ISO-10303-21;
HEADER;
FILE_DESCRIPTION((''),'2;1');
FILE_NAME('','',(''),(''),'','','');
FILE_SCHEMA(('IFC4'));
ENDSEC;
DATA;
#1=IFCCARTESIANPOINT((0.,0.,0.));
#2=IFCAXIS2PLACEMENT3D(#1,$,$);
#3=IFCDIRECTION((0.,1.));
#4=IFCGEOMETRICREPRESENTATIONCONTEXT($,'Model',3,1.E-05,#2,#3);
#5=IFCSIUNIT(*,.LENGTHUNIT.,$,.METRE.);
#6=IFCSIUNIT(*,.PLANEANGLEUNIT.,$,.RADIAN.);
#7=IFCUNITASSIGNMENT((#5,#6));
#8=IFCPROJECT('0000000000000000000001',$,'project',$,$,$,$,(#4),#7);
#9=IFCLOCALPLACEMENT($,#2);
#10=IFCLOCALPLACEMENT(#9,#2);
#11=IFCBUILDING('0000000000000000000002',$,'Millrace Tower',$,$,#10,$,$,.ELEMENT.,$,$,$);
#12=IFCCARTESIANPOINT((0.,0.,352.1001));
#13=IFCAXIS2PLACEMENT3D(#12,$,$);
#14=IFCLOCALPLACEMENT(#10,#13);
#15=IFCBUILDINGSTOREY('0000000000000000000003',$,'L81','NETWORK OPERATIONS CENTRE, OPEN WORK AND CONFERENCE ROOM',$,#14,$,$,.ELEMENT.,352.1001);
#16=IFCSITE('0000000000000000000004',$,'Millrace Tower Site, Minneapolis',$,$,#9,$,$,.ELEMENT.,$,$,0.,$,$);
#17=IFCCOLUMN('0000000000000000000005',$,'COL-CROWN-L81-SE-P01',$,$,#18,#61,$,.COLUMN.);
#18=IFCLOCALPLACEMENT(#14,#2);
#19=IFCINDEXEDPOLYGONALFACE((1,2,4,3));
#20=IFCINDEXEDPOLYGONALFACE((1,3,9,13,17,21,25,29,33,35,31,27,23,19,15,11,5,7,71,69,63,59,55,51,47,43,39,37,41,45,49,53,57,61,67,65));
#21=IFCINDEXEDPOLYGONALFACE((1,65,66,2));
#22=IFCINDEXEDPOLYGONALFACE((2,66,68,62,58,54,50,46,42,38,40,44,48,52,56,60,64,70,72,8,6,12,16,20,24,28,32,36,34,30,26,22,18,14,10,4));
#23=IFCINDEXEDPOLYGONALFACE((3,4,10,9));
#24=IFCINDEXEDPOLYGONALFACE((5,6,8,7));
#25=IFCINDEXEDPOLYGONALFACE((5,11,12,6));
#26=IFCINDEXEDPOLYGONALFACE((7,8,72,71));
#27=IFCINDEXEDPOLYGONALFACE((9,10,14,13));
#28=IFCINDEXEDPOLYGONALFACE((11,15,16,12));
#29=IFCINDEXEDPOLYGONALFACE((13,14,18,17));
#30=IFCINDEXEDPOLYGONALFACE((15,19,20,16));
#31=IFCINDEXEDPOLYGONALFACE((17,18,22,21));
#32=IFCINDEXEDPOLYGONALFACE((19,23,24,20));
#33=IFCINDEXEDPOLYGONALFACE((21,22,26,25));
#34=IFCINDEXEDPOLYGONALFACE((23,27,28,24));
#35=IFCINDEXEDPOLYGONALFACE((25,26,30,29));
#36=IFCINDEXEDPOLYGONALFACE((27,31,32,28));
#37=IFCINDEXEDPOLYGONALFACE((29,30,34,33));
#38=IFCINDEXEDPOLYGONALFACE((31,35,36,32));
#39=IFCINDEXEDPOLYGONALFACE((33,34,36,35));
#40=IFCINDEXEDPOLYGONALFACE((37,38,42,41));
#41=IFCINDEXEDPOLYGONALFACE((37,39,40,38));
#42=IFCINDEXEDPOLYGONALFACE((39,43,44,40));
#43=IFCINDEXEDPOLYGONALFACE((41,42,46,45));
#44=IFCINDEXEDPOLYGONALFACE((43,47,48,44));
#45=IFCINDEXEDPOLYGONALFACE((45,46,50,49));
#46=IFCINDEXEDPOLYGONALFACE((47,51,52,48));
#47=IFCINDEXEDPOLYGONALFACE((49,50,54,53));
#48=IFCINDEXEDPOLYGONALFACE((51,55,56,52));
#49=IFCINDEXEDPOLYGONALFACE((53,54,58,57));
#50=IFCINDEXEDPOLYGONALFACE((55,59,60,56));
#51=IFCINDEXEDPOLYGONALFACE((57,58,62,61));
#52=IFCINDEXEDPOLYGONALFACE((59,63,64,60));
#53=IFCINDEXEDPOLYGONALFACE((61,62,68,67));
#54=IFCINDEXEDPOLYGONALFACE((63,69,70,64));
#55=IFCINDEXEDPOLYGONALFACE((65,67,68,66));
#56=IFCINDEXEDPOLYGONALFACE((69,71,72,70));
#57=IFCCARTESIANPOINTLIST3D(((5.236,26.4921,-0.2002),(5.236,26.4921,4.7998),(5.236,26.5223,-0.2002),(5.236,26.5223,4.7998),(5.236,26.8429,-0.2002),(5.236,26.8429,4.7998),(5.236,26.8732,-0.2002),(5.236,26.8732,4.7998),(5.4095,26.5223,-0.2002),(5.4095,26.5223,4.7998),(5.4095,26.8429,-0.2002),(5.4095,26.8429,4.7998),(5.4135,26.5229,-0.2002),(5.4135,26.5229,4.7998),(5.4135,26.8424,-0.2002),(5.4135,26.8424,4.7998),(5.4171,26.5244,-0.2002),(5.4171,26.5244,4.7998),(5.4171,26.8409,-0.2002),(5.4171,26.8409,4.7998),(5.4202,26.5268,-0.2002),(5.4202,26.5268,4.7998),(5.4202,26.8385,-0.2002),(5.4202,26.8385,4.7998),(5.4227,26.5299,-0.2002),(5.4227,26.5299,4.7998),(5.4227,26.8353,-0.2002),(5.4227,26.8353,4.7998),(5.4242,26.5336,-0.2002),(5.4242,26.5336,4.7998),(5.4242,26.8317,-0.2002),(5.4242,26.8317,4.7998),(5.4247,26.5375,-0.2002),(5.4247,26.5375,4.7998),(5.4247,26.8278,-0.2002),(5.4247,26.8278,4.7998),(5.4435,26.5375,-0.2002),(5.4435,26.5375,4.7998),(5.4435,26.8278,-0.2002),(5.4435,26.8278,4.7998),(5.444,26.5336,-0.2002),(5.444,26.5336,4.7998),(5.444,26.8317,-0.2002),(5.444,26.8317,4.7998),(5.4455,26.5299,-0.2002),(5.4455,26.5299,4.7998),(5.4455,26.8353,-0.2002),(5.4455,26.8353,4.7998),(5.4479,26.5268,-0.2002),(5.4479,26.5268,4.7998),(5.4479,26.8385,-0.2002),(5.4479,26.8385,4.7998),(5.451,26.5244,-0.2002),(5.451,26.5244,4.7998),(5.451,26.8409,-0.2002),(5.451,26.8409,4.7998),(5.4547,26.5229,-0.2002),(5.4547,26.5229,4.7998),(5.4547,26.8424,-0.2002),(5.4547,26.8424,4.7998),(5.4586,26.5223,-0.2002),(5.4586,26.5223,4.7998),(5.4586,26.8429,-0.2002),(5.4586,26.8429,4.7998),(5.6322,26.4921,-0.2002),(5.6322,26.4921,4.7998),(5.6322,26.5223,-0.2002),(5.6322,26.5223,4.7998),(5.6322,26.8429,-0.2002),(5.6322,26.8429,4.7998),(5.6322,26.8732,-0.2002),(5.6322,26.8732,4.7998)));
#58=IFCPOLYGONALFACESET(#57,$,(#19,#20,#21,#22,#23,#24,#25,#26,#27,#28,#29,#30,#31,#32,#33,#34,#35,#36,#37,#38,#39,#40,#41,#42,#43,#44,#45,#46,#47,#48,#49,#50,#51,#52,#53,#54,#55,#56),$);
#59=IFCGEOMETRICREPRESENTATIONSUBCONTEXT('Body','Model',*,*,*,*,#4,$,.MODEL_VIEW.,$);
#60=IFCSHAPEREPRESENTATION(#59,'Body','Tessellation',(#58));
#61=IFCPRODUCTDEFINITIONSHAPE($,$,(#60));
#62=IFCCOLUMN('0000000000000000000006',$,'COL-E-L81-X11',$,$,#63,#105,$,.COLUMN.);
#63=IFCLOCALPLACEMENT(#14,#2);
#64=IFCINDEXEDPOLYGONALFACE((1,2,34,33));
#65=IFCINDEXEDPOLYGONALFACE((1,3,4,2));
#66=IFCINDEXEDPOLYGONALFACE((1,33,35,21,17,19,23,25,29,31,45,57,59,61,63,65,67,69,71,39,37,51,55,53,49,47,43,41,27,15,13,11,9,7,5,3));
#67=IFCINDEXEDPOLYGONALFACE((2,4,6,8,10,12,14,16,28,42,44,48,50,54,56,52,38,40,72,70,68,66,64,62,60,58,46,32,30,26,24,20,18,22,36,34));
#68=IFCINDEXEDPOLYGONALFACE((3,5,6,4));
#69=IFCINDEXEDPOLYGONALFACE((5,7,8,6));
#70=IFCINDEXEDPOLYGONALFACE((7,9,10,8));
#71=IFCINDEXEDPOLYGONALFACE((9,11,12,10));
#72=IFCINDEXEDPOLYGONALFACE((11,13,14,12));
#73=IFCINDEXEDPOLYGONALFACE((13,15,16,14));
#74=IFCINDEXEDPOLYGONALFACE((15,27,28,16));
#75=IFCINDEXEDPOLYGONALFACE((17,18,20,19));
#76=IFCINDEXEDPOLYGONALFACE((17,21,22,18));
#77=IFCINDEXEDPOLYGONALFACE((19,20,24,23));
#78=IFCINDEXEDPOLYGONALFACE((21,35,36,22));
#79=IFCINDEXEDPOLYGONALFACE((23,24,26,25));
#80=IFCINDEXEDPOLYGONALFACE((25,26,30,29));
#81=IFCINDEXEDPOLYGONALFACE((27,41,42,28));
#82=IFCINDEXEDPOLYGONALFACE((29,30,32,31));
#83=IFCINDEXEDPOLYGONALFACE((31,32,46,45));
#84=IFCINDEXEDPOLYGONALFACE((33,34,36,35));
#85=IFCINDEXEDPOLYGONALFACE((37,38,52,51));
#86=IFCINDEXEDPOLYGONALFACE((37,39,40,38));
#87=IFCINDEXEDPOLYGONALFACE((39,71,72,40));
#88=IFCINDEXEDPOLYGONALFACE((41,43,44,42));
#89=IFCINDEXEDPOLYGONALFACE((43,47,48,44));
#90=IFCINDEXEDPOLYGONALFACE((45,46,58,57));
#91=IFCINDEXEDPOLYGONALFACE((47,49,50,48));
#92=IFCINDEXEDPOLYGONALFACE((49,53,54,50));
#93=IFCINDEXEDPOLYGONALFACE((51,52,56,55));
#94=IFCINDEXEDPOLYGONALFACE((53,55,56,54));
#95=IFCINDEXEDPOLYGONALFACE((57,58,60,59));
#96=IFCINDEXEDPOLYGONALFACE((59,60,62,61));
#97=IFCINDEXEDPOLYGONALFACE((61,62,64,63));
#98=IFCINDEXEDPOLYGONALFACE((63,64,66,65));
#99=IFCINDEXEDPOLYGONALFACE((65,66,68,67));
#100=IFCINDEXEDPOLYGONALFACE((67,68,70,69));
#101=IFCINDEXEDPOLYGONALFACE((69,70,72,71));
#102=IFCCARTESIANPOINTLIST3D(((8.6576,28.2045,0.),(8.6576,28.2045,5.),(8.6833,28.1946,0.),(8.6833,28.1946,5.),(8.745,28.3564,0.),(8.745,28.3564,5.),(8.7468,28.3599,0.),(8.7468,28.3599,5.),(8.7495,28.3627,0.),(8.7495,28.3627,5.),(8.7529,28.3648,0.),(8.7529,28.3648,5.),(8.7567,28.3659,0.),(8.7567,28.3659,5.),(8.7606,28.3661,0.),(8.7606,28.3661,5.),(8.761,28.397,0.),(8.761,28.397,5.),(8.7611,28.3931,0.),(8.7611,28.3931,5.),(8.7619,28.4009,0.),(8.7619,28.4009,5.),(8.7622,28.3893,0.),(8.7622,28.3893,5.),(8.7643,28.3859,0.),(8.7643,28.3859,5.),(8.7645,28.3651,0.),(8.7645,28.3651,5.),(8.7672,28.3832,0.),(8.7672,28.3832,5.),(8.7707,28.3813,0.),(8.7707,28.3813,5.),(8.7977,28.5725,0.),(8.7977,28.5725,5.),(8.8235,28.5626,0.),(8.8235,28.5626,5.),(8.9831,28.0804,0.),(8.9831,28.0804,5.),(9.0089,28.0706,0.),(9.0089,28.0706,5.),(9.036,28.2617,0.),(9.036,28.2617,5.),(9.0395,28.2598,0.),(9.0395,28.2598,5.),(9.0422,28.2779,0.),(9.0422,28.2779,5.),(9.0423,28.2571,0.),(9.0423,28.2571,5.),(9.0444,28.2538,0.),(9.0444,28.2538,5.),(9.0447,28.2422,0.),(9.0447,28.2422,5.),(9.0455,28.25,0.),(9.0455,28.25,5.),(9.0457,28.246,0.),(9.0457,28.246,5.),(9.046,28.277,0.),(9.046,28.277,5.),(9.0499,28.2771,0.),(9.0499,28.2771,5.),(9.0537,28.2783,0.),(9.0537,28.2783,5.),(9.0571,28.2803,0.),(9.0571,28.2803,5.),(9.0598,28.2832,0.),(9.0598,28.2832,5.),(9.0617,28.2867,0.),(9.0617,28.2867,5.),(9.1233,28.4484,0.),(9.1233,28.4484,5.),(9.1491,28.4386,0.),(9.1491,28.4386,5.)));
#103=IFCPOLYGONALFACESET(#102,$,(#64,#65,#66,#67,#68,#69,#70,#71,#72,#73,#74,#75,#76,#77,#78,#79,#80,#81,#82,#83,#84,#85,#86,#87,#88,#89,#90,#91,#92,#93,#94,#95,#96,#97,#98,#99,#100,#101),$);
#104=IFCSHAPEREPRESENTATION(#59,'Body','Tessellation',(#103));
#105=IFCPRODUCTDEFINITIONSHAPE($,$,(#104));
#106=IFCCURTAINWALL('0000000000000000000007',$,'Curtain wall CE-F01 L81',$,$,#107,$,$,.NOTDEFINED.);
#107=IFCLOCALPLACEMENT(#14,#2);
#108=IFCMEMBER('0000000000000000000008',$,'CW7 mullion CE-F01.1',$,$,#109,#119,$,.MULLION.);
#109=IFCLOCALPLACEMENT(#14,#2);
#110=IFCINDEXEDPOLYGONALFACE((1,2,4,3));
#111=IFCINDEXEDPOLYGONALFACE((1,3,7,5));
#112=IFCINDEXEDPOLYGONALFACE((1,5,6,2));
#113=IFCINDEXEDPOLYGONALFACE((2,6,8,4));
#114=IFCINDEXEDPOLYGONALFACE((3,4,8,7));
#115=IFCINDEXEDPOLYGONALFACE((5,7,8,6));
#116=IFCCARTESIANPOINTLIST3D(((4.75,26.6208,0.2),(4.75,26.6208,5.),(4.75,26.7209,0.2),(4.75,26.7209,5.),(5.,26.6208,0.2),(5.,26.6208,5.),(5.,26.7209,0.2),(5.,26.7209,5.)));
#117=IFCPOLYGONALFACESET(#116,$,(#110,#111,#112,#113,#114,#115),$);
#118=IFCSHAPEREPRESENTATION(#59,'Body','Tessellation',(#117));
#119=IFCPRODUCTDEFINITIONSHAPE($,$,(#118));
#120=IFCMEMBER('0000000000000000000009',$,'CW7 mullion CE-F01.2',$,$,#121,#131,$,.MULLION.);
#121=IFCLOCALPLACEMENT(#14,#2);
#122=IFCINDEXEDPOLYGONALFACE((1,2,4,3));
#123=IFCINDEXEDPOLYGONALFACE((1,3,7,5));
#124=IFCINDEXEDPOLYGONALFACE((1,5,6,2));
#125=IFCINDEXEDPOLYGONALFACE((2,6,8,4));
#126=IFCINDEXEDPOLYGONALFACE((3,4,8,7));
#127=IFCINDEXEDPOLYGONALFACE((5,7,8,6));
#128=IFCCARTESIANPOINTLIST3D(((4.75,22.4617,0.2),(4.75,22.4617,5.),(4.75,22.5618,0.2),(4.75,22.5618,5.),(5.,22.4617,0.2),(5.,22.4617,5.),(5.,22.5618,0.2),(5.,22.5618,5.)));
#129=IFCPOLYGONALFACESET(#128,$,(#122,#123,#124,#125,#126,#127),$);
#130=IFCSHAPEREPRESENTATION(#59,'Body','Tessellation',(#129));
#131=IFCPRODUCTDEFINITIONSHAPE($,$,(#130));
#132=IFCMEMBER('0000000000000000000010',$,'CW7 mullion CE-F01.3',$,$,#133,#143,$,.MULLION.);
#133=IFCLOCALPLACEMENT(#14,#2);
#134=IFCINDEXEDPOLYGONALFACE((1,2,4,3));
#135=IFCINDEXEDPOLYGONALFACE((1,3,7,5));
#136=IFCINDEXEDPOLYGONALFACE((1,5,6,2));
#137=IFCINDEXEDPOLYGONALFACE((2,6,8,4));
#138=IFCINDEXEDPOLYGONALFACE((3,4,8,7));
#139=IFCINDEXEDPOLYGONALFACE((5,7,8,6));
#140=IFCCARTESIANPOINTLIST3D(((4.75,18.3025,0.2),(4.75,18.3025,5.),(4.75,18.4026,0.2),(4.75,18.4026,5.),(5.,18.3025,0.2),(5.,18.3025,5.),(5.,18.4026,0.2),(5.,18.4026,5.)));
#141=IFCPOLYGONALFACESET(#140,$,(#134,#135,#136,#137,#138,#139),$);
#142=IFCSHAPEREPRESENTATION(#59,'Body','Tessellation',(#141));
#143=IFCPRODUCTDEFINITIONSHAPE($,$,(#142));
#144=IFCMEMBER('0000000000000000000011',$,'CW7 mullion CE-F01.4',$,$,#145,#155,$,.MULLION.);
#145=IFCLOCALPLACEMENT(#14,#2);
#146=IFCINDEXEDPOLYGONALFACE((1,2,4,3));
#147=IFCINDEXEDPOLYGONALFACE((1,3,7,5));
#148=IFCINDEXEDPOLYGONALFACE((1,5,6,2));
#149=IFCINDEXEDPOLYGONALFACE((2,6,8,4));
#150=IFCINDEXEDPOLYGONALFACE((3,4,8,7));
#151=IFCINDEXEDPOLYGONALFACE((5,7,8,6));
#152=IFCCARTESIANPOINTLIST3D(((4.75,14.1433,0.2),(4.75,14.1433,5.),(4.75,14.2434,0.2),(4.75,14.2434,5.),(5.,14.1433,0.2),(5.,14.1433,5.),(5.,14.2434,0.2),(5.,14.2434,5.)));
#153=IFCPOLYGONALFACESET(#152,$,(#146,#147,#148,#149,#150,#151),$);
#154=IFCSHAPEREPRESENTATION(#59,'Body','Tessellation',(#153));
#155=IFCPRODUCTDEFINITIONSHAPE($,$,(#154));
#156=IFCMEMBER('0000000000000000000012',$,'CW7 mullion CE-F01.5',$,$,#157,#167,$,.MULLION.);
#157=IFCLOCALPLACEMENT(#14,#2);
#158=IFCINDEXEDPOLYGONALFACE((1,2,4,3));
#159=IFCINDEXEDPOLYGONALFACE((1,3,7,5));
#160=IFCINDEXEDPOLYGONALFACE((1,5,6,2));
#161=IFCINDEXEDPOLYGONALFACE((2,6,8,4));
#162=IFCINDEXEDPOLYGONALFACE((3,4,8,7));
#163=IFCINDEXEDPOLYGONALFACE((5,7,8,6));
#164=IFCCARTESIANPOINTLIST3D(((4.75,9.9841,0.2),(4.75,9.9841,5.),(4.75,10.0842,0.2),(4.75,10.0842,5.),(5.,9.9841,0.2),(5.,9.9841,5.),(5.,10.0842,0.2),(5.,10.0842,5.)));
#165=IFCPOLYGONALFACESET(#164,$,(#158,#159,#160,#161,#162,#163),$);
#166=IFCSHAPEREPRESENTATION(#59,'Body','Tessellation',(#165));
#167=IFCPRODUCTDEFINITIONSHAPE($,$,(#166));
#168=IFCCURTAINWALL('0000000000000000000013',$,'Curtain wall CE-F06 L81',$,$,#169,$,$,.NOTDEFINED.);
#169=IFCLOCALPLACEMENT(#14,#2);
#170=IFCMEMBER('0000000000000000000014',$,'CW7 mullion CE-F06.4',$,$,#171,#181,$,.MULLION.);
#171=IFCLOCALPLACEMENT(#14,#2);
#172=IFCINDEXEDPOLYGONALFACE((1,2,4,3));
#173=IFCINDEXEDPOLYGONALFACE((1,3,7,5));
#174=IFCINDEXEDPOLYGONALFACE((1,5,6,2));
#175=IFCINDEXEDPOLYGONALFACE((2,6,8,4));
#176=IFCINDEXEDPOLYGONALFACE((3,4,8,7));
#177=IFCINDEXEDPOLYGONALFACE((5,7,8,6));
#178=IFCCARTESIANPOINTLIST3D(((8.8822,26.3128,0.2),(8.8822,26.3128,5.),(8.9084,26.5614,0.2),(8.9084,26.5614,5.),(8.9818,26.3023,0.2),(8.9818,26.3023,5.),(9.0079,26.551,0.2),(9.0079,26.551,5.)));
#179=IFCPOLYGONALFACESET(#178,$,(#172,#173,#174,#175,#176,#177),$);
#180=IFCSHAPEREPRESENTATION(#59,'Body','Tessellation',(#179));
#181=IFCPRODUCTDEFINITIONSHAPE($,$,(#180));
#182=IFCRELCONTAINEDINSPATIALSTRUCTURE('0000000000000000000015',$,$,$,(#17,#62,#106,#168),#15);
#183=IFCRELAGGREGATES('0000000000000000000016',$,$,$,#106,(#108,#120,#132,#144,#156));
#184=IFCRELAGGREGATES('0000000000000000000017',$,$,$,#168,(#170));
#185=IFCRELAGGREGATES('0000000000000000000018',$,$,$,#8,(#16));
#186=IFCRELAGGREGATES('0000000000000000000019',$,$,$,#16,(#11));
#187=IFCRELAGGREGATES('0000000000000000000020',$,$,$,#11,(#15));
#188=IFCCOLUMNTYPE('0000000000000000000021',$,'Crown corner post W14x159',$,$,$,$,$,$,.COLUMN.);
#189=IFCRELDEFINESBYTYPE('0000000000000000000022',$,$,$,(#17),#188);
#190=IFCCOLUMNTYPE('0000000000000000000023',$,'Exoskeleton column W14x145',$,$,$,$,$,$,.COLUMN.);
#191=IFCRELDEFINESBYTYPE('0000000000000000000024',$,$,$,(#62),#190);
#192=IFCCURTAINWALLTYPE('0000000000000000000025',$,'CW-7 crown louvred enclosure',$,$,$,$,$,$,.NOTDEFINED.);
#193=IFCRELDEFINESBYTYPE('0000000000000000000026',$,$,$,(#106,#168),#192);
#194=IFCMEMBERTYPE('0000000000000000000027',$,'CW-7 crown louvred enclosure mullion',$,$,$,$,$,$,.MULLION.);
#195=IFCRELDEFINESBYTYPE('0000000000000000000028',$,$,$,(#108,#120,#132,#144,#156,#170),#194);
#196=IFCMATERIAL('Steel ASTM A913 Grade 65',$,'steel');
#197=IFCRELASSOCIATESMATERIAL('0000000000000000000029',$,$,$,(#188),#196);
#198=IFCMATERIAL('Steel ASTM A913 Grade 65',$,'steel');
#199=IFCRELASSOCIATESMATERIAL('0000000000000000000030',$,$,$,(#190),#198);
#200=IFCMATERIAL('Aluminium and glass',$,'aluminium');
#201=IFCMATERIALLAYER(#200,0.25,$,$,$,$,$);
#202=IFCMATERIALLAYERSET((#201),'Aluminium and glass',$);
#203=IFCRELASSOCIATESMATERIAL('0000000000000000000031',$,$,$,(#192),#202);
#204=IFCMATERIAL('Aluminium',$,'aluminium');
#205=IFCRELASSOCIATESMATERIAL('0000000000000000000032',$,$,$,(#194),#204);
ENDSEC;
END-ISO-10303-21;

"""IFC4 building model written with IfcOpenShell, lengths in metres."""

from ifc_helpers import new_model, si_unit, direction, frame, origin, origin_2d, place, context, subcontext, project, spatial, rectangle, i_section, extrude, material, layer, layer_set, material_profile, profile_set, type_object, element, aggregate, save


model = new_model("IFC4")

# Units and contexts
model_context = context("Model", 3, precision=1e-05, world=origin(), true_north=direction((0.0, 1.0)))
body_context = subcontext(model_context, "Body", "Model", "MODEL_VIEW")
ifc_project = project(units=[si_unit("LENGTHUNIT", "METRE"), si_unit("PLANEANGLEUNIT", "RADIAN")], contexts=[model_context])

# Site, building, storey
site_placement = place(None, origin())
site = spatial("IfcSite", under=ifc_project, at=site_placement, Name="Millrace Tower Site, Minneapolis", CompositionType="ELEMENT", RefElevation=0.0)
building_placement = place(site_placement, origin())
building = spatial("IfcBuilding", under=site, at=building_placement, Name="Millrace Tower", CompositionType="ELEMENT")
storey_placement = place(building_placement, frame((0.0, 0.0, 352.1001)))
storey = spatial("IfcBuildingStorey", under=building, at=storey_placement, Name="L81", Description="NETWORK OPERATIONS CENTRE, OPEN WORK AND CONFERENCE ROOM", CompositionType="ELEMENT", Elevation=352.1001)

# Columns
ifc_material_1 = material(Name="Steel ASTM A913 Grade 65", Category="steel")
ifc_material_profile_1 = material_profile(ifc_material_1, i_section(OverallWidth=0.3962, OverallDepth=0.3811, WebThickness=0.0188, FlangeThickness=0.0303, FilletRadius=0.0151, at=origin_2d()))
ifc_profile_set_1 = profile_set([ifc_material_profile_1], Name="Steel ASTM A913 Grade 65")
column_type_1 = type_object("IfcColumnType", Name="Crown corner post W14x159", PredefinedType="COLUMN", material=ifc_profile_set_1)
column_1_placement = place(storey_placement, frame((5.4341, 26.6826, -0.2002), z_axis=(0.0, 0.0, 1.0), x_axis=(1.0, 0.0, 0.0)))
element("IfcColumn", 1, at=column_1_placement, inside=storey, type_object=column_type_1, Name="COL-CROWN-L81-SE-P01", PredefinedType="COLUMN", context=body_context, shape_type="SweptSolid", body=[
    extrude(i_section(OverallWidth=0.3962, OverallDepth=0.3811, WebThickness=0.0188, FlangeThickness=0.0303, FilletRadius=0.0151, at=origin_2d()), origin(), (0.0, 0.0, 1.0), 5.0),
])
ifc_material_2 = material(Name="Steel ASTM A913 Grade 65", Category="steel")
ifc_material_profile_2 = material_profile(ifc_material_2, i_section(OverallWidth=0.3938, OverallDepth=0.376, WebThickness=0.0173, FlangeThickness=0.0276, FilletRadius=0.0151, at=origin_2d()))
ifc_profile_set_2 = profile_set([ifc_material_profile_2], Name="Steel ASTM A913 Grade 65")
column_type_2 = type_object("IfcColumnType", Name="Exoskeleton column W14x145", PredefinedType="COLUMN", material=ifc_profile_set_2)
column_2_placement = place(storey_placement, frame((8.9033, 28.3215, 0.0), z_axis=(0.0, 0.0, 1.0), x_axis=(-0.355989, -0.93449, 0.0)))
element("IfcColumn", 2, at=column_2_placement, inside=storey, type_object=column_type_2, Name="COL-E-L81-X11", PredefinedType="COLUMN", context=body_context, shape_type="SweptSolid", body=[
    extrude(i_section(OverallWidth=0.3938, OverallDepth=0.376, WebThickness=0.0173, FlangeThickness=0.0276, FilletRadius=0.0151, at=origin_2d()), origin(), (0.0, 0.0, 1.0), 5.0),
])

# Curtain wall, members
ifc_material_3 = material(Name="Aluminium and glass", Category="aluminium")
ifc_layer_1 = layer(ifc_material_3, 0.25)
ifc_layer_set_1 = layer_set([ifc_layer_1], Name="Aluminium and glass")
curtain_wall_type = type_object("IfcCurtainWallType", Name="CW-7 crown louvred enclosure", PredefinedType="NOTDEFINED", material=ifc_layer_set_1)
placement = place(storey_placement, origin())
curtain_wall_1 = element("IfcCurtainWall", 3, at=placement, inside=storey, type_object=curtain_wall_type, Name="Curtain wall CE-F01 L81", PredefinedType="NOTDEFINED")
ifc_material_4 = material(Name="Aluminium", Category="aluminium")
ifc_material_profile_3 = material_profile(ifc_material_4, rectangle(XDim=0.1001, YDim=0.25, at=origin_2d()))
ifc_profile_set_3 = profile_set([ifc_material_profile_3], Name="Aluminium")
member_type_1 = type_object("IfcMemberType", Name="CW-7 crown louvred enclosure mullion", PredefinedType="MULLION", material=ifc_profile_set_3)
member_1_placement = place(storey_placement, frame((4.875, 26.6709, 0.2), z_axis=(0.0, 0.0, 1.0), x_axis=(0.0, -1.0, 0.0)))
member_1 = element("IfcMember", 4, at=member_1_placement, type_object=member_type_1, Name="CW7 mullion CE-F01.1", PredefinedType="MULLION", context=body_context, shape_type="SweptSolid", body=[
    extrude(rectangle(XDim=0.1001, YDim=0.25, at=origin_2d()), origin(), (0.0, 0.0, 1.0), 4.8),
])
member_2_placement = place(storey_placement, frame((4.875, 22.5117, 0.2), z_axis=(0.0, 0.0, 1.0), x_axis=(0.0, -1.0, 0.0)))
member_2 = element("IfcMember", 5, at=member_2_placement, type_object=member_type_1, Name="CW7 mullion CE-F01.2", PredefinedType="MULLION", context=body_context, shape_type="SweptSolid", body=[
    extrude(rectangle(XDim=0.1001, YDim=0.25, at=origin_2d()), origin(), (0.0, 0.0, 1.0), 4.8),
])
member_3_placement = place(storey_placement, frame((4.875, 18.3525, 0.2), z_axis=(0.0, 0.0, 1.0), x_axis=(0.0, -1.0, 0.0)))
member_3 = element("IfcMember", 6, at=member_3_placement, type_object=member_type_1, Name="CW7 mullion CE-F01.3", PredefinedType="MULLION", context=body_context, shape_type="SweptSolid", body=[
    extrude(rectangle(XDim=0.1001, YDim=0.25, at=origin_2d()), origin(), (0.0, 0.0, 1.0), 4.8),
])
member_4_placement = place(storey_placement, frame((4.875, 14.1934, 0.2), z_axis=(0.0, 0.0, 1.0), x_axis=(0.0, -1.0, 0.0)))
member_4 = element("IfcMember", 7, at=member_4_placement, type_object=member_type_1, Name="CW7 mullion CE-F01.4", PredefinedType="MULLION", context=body_context, shape_type="SweptSolid", body=[
    extrude(rectangle(XDim=0.1001, YDim=0.25, at=origin_2d()), origin(), (0.0, 0.0, 1.0), 4.8),
])
member_5_placement = place(storey_placement, frame((4.875, 10.0342, 0.2), z_axis=(0.0, 0.0, 1.0), x_axis=(0.0, -1.0, 0.0)))
member_5 = element("IfcMember", 8, at=member_5_placement, type_object=member_type_1, Name="CW7 mullion CE-F01.5", PredefinedType="MULLION", context=body_context, shape_type="SweptSolid", body=[
    extrude(rectangle(XDim=0.1001, YDim=0.25, at=origin_2d()), origin(), (0.0, 0.0, 1.0), 4.8),
])
aggregate(curtain_wall_1, [member_1, member_2, member_3, member_4, member_5])

# Curtain wall, member
curtain_wall_2 = element("IfcCurtainWall", 9, at=placement, inside=storey, type_object=curtain_wall_type, Name="Curtain wall CE-F06 L81", PredefinedType="NOTDEFINED")
member_6_placement = place(storey_placement, frame((8.9451, 26.4319, 0.2), z_axis=(0.0, 0.0, 1.0), x_axis=(-0.994522, 0.104528, 0.0)))
member_6 = element("IfcMember", 10, at=member_6_placement, type_object=member_type_1, Name="CW7 mullion CE-F06.4", PredefinedType="MULLION", context=body_context, shape_type="SweptSolid", body=[
    extrude(rectangle(XDim=0.1001, YDim=0.25, at=origin_2d()), origin(), (0.0, 0.0, 1.0), 4.8),
])
aggregate(curtain_wall_2, [member_6])

save(model, "model.ifc")
